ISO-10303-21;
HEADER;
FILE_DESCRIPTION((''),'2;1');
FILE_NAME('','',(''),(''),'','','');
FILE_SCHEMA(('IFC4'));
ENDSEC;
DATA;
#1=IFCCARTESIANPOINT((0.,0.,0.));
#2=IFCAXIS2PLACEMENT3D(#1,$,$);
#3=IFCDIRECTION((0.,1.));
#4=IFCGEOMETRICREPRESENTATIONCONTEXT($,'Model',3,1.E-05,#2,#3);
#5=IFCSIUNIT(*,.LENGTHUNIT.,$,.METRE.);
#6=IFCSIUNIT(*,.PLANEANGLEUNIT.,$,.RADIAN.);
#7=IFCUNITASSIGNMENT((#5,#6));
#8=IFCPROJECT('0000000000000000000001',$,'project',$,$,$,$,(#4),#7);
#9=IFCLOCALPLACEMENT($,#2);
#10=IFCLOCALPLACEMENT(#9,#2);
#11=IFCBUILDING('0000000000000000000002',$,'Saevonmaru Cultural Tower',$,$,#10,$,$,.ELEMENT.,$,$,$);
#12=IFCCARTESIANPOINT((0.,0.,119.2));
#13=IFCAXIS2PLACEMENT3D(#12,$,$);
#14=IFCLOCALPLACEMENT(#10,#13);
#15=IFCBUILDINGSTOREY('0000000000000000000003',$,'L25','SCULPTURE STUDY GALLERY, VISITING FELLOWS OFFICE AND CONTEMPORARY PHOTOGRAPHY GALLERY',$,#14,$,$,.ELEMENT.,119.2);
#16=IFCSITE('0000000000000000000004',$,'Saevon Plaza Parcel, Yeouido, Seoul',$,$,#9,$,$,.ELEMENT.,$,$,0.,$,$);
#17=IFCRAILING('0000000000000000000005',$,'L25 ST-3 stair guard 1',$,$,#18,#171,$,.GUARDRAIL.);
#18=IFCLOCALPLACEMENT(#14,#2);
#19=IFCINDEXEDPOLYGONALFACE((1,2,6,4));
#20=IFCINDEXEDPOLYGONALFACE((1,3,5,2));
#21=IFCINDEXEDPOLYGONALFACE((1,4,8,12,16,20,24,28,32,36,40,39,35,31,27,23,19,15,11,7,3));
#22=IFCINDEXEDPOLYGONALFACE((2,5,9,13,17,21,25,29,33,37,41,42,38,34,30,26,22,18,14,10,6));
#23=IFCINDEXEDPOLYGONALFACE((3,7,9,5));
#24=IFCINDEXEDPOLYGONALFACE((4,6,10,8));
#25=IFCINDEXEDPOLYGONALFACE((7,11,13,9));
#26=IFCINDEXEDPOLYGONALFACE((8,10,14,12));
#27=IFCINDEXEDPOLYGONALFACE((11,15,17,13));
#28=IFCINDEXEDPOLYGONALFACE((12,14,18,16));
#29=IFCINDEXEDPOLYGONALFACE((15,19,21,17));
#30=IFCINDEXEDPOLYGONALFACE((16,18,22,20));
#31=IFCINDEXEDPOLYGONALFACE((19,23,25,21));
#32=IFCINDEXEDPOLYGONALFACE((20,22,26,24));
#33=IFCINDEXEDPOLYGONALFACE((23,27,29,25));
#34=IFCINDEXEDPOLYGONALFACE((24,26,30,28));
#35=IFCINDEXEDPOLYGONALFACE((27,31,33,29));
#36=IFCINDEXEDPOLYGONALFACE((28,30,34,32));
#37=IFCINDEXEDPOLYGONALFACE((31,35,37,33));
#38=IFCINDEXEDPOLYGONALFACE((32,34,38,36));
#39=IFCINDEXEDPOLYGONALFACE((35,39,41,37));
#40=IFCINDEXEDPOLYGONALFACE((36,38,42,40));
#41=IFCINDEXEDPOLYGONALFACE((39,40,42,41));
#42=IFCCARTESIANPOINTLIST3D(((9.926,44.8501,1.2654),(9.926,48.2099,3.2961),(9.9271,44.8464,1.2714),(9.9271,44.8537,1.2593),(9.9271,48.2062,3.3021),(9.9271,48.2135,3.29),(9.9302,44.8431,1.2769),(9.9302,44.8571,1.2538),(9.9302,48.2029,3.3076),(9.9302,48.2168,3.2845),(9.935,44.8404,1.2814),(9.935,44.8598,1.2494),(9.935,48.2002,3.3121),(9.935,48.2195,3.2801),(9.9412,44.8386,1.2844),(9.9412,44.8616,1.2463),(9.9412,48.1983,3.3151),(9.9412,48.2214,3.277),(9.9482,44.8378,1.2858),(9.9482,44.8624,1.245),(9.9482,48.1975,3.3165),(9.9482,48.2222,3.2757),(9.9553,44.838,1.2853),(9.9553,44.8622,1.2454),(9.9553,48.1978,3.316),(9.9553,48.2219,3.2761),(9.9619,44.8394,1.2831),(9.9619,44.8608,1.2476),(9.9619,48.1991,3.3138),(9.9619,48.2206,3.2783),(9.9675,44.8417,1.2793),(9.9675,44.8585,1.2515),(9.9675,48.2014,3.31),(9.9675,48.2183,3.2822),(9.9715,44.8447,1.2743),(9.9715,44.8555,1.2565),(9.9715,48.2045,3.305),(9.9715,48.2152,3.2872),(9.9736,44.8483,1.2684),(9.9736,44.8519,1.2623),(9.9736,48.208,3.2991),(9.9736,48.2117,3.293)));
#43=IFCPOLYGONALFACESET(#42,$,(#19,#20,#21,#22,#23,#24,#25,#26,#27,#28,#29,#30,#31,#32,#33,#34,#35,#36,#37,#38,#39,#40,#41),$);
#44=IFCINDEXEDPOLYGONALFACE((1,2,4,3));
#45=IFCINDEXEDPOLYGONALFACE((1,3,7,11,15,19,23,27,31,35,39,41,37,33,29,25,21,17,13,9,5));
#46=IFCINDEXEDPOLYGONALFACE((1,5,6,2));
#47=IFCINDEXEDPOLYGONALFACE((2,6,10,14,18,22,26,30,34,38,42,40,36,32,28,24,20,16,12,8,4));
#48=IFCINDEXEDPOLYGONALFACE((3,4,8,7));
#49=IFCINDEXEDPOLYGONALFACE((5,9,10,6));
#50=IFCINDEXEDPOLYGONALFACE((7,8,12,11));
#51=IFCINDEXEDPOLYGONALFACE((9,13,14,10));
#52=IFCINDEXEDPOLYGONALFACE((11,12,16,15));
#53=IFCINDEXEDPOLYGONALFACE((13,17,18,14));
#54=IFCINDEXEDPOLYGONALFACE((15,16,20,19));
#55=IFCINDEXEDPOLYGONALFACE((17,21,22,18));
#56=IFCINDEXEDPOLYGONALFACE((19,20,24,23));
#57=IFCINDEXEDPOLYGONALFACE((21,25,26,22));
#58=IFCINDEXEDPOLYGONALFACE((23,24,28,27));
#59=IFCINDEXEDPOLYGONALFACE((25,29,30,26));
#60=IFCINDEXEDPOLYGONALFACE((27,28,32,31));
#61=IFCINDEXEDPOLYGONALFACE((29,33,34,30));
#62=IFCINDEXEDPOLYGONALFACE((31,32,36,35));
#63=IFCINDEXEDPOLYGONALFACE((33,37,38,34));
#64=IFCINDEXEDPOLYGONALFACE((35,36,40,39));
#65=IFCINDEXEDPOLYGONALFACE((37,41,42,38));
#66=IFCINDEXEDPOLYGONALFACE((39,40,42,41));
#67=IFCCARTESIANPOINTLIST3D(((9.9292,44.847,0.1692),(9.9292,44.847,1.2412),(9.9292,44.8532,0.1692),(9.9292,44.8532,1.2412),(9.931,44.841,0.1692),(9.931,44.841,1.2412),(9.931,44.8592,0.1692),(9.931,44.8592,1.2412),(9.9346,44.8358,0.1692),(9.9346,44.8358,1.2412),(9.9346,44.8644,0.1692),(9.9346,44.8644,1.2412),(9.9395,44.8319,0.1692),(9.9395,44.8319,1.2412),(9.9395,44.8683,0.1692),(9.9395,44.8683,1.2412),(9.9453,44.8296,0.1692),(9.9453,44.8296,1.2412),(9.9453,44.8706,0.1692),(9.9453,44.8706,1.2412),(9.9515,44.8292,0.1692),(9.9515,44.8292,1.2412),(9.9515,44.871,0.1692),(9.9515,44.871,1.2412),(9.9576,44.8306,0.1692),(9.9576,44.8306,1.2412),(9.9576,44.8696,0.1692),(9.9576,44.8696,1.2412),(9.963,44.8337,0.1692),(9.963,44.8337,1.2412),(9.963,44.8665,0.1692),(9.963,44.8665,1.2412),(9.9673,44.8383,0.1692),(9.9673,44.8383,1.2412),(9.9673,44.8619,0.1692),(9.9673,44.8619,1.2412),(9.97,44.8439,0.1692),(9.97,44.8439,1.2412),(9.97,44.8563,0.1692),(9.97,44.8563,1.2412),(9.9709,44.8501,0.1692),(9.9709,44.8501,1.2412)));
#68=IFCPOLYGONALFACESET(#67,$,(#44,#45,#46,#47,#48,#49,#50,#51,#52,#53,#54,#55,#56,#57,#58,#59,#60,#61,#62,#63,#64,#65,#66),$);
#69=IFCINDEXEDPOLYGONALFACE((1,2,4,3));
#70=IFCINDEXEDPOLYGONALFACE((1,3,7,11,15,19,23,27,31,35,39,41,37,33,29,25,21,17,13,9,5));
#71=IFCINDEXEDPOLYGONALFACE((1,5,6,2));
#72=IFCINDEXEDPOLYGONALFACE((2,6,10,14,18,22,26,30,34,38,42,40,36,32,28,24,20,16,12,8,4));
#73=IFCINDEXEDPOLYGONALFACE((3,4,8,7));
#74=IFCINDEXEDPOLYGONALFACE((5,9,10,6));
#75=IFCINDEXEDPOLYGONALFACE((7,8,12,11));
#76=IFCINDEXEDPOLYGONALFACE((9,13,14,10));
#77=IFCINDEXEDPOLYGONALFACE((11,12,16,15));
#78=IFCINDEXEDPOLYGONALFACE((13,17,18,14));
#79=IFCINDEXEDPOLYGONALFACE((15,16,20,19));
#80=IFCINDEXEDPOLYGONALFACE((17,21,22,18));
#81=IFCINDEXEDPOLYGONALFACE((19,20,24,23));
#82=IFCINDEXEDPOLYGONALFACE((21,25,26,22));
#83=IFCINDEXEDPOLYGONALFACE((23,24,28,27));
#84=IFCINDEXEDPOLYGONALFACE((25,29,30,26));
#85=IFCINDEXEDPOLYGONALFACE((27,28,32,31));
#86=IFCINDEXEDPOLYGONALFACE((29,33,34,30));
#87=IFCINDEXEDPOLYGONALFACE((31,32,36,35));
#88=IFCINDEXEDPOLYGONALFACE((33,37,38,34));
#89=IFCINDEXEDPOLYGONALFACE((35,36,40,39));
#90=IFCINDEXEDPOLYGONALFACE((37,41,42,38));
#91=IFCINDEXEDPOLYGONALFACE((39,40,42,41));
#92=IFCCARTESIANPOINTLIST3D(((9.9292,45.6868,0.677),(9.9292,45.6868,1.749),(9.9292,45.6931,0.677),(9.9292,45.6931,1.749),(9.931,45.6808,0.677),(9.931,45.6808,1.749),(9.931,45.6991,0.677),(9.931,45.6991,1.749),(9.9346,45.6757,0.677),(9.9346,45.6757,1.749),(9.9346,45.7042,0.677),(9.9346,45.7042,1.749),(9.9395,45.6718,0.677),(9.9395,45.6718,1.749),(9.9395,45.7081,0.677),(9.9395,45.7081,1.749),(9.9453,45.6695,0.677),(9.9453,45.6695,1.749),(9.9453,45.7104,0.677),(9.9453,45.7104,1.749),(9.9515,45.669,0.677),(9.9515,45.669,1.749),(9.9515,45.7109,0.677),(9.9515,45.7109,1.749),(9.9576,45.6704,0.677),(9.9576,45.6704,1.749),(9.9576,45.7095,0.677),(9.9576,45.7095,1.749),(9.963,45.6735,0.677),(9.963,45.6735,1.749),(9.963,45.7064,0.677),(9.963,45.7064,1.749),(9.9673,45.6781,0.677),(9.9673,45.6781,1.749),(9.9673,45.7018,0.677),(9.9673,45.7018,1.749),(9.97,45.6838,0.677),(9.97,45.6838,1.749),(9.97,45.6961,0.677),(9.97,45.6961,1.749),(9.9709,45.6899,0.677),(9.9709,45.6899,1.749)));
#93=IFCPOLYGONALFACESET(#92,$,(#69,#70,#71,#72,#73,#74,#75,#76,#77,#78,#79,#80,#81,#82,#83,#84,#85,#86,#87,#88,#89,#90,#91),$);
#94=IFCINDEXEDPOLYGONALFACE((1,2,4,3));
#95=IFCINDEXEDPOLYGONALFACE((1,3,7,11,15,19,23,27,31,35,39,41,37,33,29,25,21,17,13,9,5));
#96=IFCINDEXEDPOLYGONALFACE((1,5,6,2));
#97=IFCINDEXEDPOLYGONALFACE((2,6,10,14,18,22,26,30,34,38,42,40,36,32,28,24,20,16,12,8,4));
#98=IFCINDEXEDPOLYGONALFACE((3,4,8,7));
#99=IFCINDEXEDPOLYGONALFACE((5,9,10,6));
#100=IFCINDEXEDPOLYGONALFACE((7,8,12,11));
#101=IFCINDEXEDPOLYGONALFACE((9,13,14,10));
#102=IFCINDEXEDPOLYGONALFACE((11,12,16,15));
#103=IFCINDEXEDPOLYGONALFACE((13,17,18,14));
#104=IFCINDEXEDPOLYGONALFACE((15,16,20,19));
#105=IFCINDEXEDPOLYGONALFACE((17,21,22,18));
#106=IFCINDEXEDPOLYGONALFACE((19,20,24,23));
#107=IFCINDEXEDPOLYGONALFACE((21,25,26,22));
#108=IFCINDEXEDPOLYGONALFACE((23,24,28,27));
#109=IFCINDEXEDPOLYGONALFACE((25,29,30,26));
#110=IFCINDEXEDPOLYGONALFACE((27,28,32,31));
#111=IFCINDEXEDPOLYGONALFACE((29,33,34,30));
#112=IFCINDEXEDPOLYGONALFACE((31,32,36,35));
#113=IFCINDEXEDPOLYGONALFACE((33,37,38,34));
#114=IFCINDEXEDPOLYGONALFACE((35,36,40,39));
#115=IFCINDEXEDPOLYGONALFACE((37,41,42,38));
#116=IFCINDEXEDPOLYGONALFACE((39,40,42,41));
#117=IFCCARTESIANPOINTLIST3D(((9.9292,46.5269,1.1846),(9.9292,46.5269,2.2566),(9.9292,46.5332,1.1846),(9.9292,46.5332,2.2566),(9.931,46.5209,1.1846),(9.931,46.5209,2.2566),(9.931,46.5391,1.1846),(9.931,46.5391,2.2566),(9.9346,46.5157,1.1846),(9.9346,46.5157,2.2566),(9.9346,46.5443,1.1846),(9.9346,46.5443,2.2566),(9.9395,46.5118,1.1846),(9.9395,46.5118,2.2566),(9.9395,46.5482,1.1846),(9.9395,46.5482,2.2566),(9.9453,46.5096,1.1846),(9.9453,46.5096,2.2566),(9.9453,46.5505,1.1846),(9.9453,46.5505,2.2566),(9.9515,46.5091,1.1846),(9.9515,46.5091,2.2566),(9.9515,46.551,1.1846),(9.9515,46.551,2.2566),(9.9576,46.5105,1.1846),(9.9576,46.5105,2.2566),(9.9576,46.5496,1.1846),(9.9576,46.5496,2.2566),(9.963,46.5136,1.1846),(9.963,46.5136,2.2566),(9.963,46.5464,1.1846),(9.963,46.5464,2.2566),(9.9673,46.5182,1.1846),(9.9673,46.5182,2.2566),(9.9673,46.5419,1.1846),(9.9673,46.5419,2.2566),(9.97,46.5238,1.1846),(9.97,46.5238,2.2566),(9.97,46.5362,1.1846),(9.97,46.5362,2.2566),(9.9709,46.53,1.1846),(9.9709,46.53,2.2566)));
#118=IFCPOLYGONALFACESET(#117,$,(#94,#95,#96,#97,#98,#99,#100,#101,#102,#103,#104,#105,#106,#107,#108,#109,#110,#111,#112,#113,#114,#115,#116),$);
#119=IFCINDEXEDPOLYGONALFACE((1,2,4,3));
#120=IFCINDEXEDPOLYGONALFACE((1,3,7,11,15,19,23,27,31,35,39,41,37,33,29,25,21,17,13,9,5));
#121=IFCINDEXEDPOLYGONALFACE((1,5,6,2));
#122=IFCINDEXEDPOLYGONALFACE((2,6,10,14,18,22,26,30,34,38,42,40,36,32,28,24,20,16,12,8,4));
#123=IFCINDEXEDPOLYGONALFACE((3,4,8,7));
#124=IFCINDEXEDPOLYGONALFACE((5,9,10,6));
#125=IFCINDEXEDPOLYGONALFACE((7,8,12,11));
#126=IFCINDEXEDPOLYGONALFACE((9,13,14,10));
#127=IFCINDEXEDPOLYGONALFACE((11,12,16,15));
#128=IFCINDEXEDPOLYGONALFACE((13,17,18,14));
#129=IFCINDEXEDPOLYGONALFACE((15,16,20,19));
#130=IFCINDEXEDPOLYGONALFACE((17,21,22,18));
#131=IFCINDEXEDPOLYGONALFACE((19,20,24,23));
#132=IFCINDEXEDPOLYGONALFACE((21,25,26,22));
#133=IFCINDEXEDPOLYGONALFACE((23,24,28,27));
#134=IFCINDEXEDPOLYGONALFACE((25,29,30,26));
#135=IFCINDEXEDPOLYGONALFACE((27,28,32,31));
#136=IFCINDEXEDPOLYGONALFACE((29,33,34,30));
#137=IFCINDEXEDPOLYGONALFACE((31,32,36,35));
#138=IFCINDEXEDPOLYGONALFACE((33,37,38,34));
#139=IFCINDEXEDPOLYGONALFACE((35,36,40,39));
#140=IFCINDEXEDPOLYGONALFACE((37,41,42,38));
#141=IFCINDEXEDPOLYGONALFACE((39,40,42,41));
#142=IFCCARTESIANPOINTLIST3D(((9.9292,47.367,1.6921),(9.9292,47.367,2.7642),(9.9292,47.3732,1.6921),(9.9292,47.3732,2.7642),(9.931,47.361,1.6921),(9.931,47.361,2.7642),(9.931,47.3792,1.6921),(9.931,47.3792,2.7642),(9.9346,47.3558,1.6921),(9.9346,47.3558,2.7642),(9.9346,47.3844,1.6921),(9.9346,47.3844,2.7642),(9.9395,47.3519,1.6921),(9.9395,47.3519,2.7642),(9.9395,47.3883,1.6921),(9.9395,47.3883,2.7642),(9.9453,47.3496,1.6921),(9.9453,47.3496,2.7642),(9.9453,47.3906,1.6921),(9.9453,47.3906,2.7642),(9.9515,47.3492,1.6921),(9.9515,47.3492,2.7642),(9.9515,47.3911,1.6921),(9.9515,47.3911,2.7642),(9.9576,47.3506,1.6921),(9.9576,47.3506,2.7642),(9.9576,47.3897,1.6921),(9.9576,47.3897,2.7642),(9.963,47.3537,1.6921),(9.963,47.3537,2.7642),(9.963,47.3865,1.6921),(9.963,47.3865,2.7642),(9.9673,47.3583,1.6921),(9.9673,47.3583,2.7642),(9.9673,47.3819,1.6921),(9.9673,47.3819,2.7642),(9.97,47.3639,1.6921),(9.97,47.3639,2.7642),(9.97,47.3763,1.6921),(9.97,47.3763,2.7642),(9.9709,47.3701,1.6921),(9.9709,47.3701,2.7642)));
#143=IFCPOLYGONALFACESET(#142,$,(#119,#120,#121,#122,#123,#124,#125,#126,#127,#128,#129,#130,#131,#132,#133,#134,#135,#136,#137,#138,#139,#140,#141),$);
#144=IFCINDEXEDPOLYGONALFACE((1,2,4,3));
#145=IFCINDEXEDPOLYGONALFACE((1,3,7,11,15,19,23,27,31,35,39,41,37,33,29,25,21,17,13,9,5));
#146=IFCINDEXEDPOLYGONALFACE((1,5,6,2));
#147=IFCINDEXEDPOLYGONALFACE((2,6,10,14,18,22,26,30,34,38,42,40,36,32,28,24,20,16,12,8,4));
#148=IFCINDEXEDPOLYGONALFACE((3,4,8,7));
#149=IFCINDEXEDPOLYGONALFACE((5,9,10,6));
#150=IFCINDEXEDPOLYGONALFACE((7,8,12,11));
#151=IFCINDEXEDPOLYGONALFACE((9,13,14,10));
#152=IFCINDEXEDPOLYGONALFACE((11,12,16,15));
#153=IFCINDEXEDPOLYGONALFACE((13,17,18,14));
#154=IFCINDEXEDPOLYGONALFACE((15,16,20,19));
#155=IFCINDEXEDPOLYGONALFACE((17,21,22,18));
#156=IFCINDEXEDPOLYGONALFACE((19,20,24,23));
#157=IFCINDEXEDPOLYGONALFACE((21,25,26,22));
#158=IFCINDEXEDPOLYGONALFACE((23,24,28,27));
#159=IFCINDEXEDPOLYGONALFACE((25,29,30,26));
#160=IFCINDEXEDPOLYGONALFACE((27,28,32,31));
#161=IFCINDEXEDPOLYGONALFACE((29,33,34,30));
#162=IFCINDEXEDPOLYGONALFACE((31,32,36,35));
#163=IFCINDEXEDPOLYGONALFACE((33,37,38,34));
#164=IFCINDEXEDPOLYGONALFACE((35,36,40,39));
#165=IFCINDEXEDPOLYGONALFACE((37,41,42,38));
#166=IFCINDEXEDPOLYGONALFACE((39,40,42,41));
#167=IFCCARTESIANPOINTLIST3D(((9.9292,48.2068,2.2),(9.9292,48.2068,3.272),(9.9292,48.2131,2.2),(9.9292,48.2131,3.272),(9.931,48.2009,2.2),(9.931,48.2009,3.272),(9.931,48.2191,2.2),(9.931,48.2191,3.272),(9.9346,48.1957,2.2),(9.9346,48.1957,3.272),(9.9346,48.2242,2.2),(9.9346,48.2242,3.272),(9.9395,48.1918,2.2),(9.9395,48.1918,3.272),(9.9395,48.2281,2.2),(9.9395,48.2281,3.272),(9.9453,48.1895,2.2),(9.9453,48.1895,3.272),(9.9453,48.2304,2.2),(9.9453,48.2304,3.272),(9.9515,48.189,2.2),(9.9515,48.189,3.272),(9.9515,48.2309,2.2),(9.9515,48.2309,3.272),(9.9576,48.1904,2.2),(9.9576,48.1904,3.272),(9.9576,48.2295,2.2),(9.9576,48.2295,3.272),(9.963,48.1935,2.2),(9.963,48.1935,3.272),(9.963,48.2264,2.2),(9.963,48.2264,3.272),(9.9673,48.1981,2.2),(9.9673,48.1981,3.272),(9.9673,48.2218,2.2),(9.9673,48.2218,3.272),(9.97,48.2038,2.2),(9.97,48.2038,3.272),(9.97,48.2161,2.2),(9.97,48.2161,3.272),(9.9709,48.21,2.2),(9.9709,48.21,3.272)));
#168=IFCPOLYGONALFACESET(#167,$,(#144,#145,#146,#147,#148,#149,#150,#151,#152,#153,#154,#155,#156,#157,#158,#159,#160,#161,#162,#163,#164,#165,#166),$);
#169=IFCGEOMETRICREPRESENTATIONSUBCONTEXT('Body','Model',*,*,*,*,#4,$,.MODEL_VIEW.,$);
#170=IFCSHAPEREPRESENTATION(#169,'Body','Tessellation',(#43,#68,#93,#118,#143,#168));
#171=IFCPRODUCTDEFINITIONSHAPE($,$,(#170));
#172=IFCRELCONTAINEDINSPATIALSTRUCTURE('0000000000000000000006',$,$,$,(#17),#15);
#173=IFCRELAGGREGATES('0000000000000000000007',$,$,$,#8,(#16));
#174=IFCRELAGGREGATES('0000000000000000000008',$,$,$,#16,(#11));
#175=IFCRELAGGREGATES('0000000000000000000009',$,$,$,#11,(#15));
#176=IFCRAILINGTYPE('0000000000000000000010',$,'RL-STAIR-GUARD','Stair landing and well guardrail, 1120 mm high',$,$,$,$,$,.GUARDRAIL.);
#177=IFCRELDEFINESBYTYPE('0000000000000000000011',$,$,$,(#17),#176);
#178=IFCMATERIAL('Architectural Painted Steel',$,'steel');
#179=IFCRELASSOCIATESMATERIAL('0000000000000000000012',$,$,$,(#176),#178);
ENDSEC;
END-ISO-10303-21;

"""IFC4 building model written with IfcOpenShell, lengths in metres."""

from ifc_helpers import new_model, si_unit, direction, frame, origin, origin_2d, place, context, subcontext, project, spatial, circle, extrude, material, type_object, element, save


model = new_model("IFC4")

# Units and contexts
model_context = context("Model", 3, precision=1e-05, world=origin(), true_north=direction((0.0, 1.0)))
body_context = subcontext(model_context, "Body", "Model", "MODEL_VIEW")
ifc_project = project(units=[si_unit("LENGTHUNIT", "METRE"), si_unit("PLANEANGLEUNIT", "RADIAN")], contexts=[model_context])

# Site, building, storey
site_placement = place(None, origin())
site = spatial("IfcSite", under=ifc_project, at=site_placement, Name="Saevon Plaza Parcel, Yeouido, Seoul", CompositionType="ELEMENT", RefElevation=0.0)
building_placement = place(site_placement, origin())
building = spatial("IfcBuilding", under=site, at=building_placement, Name="Saevonmaru Cultural Tower", CompositionType="ELEMENT")
storey_placement = place(building_placement, frame((0.0, 0.0, 119.2)))
storey = spatial("IfcBuildingStorey", under=building, at=storey_placement, Name="L25", Description="SCULPTURE STUDY GALLERY, VISITING FELLOWS OFFICE AND CONTEMPORARY PHOTOGRAPHY GALLERY", CompositionType="ELEMENT", Elevation=119.2)

# Railing
ifc_material_1 = material(Name="Architectural Painted Steel", Category="steel")
railing_type_1 = type_object("IfcRailingType", Name="RL-STAIR-GUARD", Description="Stair landing and well guardrail, 1120 mm high", PredefinedType="GUARDRAIL", material=ifc_material_1)
railing_1_placement = place(storey_placement, frame((9.95, 44.8501, 0.1692)))
element("IfcRailing", 1, at=railing_1_placement, inside=storey, type_object=railing_type_1, Name="L25 ST-3 stair guard 1", PredefinedType="GUARDRAIL", context=body_context, shape_type="SweptSolid", body=[
    extrude(circle(Radius=0.0239, at=origin_2d()), frame((0.0, 0.0, 1.0962), z_axis=(0.0, 0.85582, 0.517273), x_axis=(-1.0, 0.0, 0.0)), (0.0, 0.0, 1.0), 3.9258),
    extrude(circle(Radius=0.021, at=origin_2d()), origin(), (0.0, 0.0, 1.0), 1.072),
    extrude(circle(Radius=0.021, at=origin_2d()), frame((0.0, 0.8398, 0.5078)), (0.0, 0.0, 1.0), 1.072),
    extrude(circle(Radius=0.021, at=origin_2d()), frame((0.0, 1.6799, 1.0154)), (0.0, 0.0, 1.0), 1.072),
    extrude(circle(Radius=0.021, at=origin_2d()), frame((0.0, 2.52, 1.5229)), (0.0, 0.0, 1.0), 1.072),
    extrude(circle(Radius=0.021, at=origin_2d()), frame((0.0, 3.3599, 2.0308)), (0.0, 0.0, 1.0), 1.072),
])

save(model, "model.ifc")
